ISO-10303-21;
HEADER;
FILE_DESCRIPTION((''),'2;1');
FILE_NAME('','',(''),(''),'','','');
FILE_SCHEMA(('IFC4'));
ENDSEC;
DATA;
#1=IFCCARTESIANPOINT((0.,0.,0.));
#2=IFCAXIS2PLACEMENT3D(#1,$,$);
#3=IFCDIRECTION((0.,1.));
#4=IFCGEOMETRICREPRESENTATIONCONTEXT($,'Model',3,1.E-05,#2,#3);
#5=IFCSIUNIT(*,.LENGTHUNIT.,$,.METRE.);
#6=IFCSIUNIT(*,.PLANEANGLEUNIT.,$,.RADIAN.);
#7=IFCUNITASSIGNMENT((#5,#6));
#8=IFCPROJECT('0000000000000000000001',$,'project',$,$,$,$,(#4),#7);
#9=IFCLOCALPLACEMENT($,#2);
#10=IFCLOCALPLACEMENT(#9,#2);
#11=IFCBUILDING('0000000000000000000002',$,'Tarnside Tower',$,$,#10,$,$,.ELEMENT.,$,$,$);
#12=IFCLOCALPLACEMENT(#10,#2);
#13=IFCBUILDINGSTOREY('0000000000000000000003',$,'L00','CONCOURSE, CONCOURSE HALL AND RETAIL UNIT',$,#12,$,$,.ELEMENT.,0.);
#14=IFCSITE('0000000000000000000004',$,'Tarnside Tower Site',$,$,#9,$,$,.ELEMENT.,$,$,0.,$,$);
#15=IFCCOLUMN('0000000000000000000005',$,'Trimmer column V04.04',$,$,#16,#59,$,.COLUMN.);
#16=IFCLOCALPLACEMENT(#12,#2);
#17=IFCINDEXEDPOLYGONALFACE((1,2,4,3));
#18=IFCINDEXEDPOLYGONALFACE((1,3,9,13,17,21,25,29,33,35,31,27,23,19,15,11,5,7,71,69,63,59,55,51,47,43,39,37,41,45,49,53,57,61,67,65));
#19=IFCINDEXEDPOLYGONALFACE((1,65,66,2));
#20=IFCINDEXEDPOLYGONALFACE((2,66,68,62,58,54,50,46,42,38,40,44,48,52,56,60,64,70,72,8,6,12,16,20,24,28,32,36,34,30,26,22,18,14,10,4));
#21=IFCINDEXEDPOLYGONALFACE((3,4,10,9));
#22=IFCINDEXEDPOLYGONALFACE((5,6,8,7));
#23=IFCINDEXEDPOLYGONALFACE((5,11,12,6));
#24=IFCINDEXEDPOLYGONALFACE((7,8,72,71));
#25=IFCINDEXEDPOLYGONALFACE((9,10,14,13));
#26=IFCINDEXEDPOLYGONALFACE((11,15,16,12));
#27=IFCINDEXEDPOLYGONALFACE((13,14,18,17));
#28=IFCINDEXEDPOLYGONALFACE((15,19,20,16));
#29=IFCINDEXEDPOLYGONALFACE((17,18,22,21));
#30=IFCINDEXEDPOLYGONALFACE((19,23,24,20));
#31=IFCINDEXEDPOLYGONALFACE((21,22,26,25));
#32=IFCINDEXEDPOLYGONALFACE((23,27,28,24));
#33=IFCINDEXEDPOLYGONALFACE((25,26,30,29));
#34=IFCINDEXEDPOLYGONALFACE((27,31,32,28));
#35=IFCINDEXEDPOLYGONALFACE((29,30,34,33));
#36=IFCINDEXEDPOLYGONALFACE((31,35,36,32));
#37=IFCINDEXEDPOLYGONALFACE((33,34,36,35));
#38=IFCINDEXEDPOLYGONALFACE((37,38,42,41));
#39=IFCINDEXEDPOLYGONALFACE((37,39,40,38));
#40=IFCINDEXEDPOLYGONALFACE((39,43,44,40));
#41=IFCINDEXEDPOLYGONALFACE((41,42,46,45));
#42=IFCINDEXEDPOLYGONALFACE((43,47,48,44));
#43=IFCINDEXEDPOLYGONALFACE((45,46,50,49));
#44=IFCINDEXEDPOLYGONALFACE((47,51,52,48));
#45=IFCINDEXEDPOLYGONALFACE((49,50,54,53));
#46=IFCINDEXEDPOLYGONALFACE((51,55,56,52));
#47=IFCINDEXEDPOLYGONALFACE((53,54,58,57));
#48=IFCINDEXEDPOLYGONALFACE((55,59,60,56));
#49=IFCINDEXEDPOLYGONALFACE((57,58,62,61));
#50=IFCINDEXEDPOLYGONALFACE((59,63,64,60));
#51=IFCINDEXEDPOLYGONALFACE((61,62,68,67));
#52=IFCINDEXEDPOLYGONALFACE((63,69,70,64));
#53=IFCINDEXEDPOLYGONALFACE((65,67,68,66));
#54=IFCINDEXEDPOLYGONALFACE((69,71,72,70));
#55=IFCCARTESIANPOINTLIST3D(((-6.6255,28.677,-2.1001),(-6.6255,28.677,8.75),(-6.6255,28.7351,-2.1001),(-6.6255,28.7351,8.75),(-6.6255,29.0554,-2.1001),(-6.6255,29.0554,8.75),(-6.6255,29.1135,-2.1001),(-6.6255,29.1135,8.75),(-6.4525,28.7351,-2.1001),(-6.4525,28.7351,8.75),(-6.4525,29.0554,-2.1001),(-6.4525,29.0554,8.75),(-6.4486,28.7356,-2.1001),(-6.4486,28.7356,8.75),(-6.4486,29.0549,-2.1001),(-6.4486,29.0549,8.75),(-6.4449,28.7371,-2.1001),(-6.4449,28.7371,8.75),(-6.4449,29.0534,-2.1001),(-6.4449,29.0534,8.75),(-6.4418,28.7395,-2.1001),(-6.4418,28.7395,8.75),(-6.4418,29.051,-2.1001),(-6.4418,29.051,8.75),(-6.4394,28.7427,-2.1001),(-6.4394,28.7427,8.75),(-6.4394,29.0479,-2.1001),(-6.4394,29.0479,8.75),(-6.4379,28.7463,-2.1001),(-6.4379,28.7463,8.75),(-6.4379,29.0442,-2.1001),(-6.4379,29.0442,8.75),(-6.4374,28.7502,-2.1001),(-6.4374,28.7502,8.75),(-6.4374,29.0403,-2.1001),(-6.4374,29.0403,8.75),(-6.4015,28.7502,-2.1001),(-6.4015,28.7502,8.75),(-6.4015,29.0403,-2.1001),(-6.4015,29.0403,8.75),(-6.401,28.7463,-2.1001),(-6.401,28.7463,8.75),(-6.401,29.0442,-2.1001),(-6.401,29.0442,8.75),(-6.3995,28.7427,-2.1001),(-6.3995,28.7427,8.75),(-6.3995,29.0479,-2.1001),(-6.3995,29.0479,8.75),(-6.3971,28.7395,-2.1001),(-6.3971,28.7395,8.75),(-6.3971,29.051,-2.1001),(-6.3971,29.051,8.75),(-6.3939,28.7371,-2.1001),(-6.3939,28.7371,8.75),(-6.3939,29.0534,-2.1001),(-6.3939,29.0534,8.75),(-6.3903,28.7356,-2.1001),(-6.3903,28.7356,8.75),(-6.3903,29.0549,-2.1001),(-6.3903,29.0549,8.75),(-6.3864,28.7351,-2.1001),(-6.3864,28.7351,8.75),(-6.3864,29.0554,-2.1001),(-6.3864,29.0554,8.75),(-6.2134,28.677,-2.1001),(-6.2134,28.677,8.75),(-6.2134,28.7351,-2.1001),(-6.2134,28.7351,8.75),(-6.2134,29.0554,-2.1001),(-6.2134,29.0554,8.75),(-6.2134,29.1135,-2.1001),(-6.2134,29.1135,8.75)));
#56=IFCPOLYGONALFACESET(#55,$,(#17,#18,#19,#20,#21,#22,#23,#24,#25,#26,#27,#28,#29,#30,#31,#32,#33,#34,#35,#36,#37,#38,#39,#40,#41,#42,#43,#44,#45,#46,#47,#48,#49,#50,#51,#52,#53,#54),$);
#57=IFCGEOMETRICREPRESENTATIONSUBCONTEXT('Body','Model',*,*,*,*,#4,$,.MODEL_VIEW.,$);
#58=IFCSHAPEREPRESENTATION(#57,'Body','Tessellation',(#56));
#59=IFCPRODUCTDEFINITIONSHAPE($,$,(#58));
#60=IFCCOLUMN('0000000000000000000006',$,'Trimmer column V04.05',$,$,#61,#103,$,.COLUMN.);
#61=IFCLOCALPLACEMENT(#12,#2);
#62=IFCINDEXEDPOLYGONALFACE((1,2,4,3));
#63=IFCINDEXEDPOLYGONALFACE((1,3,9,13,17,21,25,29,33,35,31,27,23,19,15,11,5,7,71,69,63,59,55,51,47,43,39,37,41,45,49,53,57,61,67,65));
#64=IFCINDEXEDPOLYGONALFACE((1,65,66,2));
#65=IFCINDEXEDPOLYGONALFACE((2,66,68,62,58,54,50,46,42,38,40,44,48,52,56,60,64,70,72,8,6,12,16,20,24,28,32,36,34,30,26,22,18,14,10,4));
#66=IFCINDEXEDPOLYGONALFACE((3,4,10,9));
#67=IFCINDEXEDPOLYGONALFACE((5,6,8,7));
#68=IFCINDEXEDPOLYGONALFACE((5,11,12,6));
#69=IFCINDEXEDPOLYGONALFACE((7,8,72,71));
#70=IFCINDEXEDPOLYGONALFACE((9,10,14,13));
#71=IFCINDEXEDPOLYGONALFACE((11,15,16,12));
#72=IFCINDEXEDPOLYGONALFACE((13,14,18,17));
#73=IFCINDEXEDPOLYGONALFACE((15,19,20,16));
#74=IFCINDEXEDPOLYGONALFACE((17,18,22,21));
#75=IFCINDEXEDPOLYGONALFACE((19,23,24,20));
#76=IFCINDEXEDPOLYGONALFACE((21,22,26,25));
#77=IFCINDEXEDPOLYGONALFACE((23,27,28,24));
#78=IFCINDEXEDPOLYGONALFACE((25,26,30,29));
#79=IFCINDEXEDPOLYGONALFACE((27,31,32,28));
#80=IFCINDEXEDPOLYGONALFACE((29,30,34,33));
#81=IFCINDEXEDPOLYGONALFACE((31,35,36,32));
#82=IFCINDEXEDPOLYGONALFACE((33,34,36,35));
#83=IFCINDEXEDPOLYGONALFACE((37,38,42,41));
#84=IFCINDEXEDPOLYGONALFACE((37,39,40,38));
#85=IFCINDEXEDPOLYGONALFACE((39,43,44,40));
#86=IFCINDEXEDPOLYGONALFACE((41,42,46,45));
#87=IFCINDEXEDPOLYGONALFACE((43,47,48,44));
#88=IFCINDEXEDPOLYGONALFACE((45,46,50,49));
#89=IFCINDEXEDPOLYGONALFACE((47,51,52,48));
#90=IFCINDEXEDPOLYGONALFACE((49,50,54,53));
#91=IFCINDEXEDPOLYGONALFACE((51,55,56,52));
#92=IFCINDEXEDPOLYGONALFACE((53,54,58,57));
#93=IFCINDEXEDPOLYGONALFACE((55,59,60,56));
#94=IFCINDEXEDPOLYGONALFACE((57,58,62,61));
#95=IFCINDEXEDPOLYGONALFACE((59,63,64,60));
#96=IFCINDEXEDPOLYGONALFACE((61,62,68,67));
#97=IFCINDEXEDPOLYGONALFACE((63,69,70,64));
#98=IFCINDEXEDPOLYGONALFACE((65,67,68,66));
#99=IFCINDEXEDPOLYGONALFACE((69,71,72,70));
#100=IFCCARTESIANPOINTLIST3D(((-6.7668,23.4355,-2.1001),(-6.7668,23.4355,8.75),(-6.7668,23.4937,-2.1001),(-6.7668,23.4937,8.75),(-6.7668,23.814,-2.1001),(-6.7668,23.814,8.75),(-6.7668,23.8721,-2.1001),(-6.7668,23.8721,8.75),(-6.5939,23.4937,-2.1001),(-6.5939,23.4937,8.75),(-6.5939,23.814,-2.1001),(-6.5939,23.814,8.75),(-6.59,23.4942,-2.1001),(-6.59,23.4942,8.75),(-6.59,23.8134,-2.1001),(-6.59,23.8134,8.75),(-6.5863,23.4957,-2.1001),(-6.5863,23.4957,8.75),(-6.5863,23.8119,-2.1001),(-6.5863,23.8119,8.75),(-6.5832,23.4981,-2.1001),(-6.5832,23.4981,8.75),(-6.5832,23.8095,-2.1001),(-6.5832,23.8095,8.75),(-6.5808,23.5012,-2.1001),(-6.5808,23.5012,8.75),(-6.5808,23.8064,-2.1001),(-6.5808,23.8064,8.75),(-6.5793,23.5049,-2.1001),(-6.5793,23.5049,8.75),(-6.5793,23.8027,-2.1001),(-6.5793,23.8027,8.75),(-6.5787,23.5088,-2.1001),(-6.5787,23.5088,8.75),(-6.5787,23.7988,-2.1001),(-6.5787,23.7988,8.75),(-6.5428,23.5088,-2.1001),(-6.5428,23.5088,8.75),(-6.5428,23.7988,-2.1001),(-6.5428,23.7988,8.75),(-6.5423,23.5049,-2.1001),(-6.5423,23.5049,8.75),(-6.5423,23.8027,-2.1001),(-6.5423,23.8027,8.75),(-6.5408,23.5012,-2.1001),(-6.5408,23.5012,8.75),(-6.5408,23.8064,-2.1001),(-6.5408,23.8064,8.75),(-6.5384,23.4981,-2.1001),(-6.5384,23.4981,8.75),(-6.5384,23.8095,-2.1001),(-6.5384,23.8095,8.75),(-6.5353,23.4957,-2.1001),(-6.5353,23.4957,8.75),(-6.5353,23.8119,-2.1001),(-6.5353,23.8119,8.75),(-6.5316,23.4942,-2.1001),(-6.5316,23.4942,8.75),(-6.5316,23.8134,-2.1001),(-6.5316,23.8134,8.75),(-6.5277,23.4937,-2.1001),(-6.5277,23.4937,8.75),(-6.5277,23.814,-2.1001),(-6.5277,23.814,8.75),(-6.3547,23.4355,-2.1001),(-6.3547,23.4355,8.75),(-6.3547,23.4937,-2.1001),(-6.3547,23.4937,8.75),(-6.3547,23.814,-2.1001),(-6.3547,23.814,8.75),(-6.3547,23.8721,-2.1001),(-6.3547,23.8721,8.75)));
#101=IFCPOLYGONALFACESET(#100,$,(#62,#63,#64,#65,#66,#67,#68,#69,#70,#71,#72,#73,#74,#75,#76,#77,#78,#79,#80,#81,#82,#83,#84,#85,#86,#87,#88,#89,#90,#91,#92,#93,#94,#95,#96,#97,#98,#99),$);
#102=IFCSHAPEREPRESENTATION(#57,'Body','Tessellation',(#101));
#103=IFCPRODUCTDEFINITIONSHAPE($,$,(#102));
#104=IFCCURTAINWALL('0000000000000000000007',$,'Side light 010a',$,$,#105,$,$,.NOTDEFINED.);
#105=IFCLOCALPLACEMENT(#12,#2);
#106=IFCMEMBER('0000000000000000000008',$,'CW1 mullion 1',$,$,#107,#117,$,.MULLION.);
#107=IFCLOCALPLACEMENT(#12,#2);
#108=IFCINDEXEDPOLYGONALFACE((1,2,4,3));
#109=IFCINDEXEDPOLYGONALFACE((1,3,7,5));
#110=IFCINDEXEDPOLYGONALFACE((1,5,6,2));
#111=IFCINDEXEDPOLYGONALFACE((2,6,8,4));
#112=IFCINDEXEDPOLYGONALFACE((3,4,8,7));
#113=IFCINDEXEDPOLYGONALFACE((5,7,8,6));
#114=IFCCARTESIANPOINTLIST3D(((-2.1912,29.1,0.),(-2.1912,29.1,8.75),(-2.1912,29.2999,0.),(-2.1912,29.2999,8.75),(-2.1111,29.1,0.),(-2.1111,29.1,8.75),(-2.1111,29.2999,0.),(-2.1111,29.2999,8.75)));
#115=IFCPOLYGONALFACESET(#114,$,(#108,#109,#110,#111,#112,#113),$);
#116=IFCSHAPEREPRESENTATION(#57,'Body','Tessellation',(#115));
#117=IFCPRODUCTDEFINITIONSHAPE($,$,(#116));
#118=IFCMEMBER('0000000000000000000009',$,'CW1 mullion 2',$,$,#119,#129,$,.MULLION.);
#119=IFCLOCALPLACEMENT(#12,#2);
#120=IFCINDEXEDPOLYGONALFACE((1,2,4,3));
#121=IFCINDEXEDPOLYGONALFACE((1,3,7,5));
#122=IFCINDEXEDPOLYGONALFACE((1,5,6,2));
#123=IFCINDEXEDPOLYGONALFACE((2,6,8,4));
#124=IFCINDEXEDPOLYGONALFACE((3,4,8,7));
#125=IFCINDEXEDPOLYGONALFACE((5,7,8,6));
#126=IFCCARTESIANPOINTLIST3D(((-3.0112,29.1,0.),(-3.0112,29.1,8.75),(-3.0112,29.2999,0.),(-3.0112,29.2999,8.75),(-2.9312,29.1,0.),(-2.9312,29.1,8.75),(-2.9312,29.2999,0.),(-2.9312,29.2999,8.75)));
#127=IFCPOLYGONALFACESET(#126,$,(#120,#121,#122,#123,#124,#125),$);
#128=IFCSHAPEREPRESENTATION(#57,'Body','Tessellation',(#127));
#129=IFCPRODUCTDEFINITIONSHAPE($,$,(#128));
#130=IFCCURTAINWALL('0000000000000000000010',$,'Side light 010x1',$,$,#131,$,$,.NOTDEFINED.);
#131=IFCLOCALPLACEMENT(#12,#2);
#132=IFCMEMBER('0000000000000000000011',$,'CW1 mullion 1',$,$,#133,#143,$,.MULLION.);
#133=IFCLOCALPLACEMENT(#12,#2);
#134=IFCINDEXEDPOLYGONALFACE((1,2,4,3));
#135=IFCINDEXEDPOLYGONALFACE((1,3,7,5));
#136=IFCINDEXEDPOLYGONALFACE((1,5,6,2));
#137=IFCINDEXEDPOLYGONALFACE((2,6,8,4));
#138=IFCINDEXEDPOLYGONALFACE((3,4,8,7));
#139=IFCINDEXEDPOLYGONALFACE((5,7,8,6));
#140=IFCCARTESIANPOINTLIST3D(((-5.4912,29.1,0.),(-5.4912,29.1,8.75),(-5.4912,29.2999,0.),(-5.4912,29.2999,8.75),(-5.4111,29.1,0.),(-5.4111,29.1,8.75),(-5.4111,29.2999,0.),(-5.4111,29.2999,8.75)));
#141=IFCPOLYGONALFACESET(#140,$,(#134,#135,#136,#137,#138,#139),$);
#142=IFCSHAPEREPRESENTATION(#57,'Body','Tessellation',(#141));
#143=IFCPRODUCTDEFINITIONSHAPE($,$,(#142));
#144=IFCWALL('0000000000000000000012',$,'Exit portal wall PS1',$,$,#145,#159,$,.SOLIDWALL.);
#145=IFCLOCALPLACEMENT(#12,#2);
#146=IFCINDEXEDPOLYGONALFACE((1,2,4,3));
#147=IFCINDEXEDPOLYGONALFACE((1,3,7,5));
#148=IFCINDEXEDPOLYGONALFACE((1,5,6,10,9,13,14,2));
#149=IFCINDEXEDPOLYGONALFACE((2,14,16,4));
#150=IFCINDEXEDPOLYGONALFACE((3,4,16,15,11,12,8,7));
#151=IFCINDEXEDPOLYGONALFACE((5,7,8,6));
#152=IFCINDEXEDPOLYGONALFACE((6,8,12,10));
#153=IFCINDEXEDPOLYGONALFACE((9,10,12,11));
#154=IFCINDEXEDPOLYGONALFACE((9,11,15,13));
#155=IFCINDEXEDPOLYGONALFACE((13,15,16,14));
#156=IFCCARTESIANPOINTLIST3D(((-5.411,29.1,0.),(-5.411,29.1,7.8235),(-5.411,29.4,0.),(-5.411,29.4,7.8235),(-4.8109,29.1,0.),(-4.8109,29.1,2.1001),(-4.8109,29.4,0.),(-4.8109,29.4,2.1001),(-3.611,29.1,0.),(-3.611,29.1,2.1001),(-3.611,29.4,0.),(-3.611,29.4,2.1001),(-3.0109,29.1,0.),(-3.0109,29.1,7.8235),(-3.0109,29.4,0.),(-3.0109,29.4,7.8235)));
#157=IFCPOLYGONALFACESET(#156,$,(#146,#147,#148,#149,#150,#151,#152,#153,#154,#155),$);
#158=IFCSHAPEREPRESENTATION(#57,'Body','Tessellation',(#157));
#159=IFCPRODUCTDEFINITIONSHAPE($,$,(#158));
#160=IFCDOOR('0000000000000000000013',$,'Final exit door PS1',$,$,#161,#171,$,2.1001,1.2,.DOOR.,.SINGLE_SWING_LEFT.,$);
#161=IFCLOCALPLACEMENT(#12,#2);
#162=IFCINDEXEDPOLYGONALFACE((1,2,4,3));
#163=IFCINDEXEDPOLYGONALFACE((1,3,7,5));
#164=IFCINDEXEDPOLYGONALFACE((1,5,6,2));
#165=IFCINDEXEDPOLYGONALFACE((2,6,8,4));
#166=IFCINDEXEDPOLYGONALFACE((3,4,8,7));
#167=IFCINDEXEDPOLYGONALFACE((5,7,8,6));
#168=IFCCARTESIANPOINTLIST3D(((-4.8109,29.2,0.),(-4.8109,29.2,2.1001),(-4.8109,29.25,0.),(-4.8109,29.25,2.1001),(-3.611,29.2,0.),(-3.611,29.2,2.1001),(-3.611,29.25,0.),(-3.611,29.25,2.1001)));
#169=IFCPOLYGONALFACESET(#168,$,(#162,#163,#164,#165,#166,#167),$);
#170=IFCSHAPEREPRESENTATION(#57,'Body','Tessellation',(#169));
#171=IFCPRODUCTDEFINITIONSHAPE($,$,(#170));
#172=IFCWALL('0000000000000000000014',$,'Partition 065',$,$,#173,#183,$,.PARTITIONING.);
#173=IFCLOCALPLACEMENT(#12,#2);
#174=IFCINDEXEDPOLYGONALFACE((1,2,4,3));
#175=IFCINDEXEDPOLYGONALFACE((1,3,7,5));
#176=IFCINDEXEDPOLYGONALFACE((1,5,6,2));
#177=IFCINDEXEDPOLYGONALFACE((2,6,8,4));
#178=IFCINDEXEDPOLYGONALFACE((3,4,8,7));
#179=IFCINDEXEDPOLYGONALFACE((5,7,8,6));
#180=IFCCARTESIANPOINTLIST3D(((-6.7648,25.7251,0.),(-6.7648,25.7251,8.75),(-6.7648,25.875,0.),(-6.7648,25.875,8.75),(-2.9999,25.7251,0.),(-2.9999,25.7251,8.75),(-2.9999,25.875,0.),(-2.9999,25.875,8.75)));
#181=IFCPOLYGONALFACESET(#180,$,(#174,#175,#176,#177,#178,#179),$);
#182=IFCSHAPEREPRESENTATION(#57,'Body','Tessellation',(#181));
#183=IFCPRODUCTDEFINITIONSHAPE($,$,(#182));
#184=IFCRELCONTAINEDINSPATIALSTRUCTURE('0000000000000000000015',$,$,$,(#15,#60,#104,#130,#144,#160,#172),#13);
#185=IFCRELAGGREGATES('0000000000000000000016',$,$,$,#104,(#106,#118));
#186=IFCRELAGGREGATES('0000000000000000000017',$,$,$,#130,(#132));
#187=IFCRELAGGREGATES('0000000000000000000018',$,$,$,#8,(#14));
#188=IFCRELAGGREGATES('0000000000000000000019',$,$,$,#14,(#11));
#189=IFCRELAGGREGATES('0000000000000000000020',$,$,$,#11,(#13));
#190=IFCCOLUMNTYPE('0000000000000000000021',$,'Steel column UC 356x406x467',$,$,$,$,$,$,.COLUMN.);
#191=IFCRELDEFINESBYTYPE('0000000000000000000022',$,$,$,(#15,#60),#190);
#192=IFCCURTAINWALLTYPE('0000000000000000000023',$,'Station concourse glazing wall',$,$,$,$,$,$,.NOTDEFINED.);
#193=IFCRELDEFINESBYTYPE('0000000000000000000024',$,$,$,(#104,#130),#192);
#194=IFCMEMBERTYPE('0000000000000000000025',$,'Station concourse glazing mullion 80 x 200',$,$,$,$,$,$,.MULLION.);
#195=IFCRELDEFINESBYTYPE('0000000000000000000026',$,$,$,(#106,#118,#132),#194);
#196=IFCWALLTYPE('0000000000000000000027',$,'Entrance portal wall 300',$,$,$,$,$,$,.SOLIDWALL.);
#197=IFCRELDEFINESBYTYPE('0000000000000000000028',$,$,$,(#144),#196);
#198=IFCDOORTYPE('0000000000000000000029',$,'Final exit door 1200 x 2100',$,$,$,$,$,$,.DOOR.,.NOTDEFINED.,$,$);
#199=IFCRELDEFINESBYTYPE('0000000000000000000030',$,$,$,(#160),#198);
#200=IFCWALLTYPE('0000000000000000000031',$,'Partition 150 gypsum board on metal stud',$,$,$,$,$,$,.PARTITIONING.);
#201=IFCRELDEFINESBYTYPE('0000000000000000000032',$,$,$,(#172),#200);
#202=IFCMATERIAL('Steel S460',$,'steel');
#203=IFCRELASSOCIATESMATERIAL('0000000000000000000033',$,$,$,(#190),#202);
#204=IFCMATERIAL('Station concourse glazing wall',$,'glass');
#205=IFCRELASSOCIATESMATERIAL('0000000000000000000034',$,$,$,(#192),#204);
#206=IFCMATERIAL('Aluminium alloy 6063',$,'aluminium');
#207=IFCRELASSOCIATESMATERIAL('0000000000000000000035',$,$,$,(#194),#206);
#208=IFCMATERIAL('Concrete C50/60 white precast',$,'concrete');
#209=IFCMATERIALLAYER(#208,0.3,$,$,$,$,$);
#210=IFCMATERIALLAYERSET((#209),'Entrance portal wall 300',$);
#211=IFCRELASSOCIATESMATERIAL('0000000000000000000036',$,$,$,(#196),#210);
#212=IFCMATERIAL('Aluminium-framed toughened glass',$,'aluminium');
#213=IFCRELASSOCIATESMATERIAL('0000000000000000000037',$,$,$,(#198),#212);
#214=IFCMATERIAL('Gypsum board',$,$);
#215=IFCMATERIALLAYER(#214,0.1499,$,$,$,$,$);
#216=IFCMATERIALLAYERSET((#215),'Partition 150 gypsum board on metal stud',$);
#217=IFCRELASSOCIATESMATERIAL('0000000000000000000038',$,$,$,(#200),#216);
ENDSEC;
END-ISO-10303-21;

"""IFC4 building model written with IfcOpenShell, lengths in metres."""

from ifc_helpers import new_model, si_unit, direction, frame, frame_2d, origin, origin_2d, place, context, subcontext, project, spatial, rectangle, i_section, extrude, material, layer, layer_set, material_profile, profile_set, type_object, element, fill, aggregate, save


model = new_model("IFC4")

# Units and contexts
model_context = context("Model", 3, precision=1e-05, world=origin(), true_north=direction((0.0, 1.0)))
body_context = subcontext(model_context, "Body", "Model", "MODEL_VIEW")
ifc_project = project(units=[si_unit("LENGTHUNIT", "METRE"), si_unit("PLANEANGLEUNIT", "RADIAN")], contexts=[model_context])

# Site, building, storey
site_placement = place(None, origin())
site = spatial("IfcSite", under=ifc_project, at=site_placement, Name="Tarnside Tower Site", CompositionType="ELEMENT", RefElevation=0.0)
building_placement = place(site_placement, origin())
building = spatial("IfcBuilding", under=site, at=building_placement, Name="Tarnside Tower", CompositionType="ELEMENT")
storey_placement = place(building_placement, origin())
storey = spatial("IfcBuildingStorey", under=building, at=storey_placement, Name="L00", Description="CONCOURSE, CONCOURSE HALL AND RETAIL UNIT", CompositionType="ELEMENT", Elevation=0.0)

# Columns
ifc_material_1 = material(Name="Steel S460", Category="steel")
ifc_material_profile_1 = material_profile(ifc_material_1, i_section(OverallWidth=0.4121, OverallDepth=0.4365, WebThickness=0.0359, FlangeThickness=0.0581, FilletRadius=0.0151, at=origin_2d()), Name="UC 356x406x467")
ifc_profile_set_1 = profile_set([ifc_material_profile_1], Name="Steel S460")
column_type_1 = type_object("IfcColumnType", Name="Steel column UC 356x406x467", PredefinedType="COLUMN", material=ifc_profile_set_1)
for number, where, z_axis, x_axis, name in (
    (1, (-6.4194, 28.8953, -2.1001), (0.0, 0.0, 1.0), (1.0, 0.0, 0.0), "Trimmer column V04.04"),
    (2, (-6.5608, 23.6538, -2.1001), (0.0, 0.0, 1.0), (1.0, 0.0, 0.0), "Trimmer column V04.05"),
):
    element("IfcColumn", number, at=place(storey_placement, frame(where, z_axis=z_axis, x_axis=x_axis)), inside=storey, type_object=column_type_1, Name=name, PredefinedType="COLUMN", context=body_context, shape_type="SweptSolid", body=[
        extrude(i_section(OverallWidth=0.4121, OverallDepth=0.4365, WebThickness=0.0359, FlangeThickness=0.0581, FilletRadius=0.0151, at=origin_2d()), origin(), (0.0, 0.0, 1.0), 10.8501),
    ])

# Curtain wall, members
ifc_material_2 = material(Name="Station concourse glazing wall", Category="glass")
curtain_wall_type = type_object("IfcCurtainWallType", Name="Station concourse glazing wall", PredefinedType="NOTDEFINED", material=ifc_material_2)
curtain_wall_1_placement = place(storey_placement, origin())
curtain_wall_1 = element("IfcCurtainWall", 3, at=curtain_wall_1_placement, inside=storey, type_object=curtain_wall_type, Name="Side light 010a", PredefinedType="NOTDEFINED")
ifc_material_3 = material(Name="Aluminium alloy 6063", Category="aluminium")
ifc_material_profile_2 = material_profile(ifc_material_3, rectangle(XDim=0.2, YDim=0.0801, at=origin_2d()), Name="Station concourse glazing mullion 80 x 200")
ifc_profile_set_2 = profile_set([ifc_material_profile_2], Name="Aluminium alloy 6063")
member_type = type_object("IfcMemberType", Name="Station concourse glazing mullion 80 x 200", PredefinedType="MULLION", material=ifc_profile_set_2)
member_1_placement = place(storey_placement, frame((-2.1511, 29.2, 0.0), z_axis=(0.0, 0.0, 1.0), x_axis=(0.0, -1.0, 0.0)))
member_1 = element("IfcMember", 4, at=member_1_placement, type_object=member_type, Name="CW1 mullion 1", PredefinedType="MULLION", context=body_context, shape_type="SweptSolid", body=[
    extrude(rectangle(XDim=0.2, YDim=0.0801, at=origin_2d()), origin(), (0.0, 0.0, 1.0), 8.75),
])
member_2_placement = place(storey_placement, frame((-2.9712, 29.2, 0.0), z_axis=(0.0, 0.0, 1.0), x_axis=(0.0, -1.0, 0.0)))
member_2 = element("IfcMember", 5, at=member_2_placement, type_object=member_type, Name="CW1 mullion 2", PredefinedType="MULLION", context=body_context, shape_type="SweptSolid", body=[
    extrude(rectangle(XDim=0.2, YDim=0.0801, at=origin_2d()), origin(), (0.0, 0.0, 1.0), 8.75),
])
aggregate(curtain_wall_1, [member_1, member_2])

# Curtain wall, member
curtain_wall_2_placement = place(storey_placement, origin())
curtain_wall_2 = element("IfcCurtainWall", 6, at=curtain_wall_2_placement, inside=storey, type_object=curtain_wall_type, Name="Side light 010x1", PredefinedType="NOTDEFINED")
member_3_placement = place(storey_placement, frame((-5.4512, 29.2, 0.0), z_axis=(0.0, 0.0, 1.0), x_axis=(0.0, -1.0, 0.0)))
member_3 = element("IfcMember", 7, at=member_3_placement, type_object=member_type, Name="CW1 mullion 1", PredefinedType="MULLION", context=body_context, shape_type="SweptSolid", body=[
    extrude(rectangle(XDim=0.2, YDim=0.0801, at=origin_2d()), origin(), (0.0, 0.0, 1.0), 8.75),
])
aggregate(curtain_wall_2, [member_3])

# Wall, opening, door
ifc_material_4 = material(Name="Concrete C50/60 white precast", Category="concrete")
ifc_layer_1 = layer(ifc_material_4, 0.3)
ifc_layer_set_1 = layer_set([ifc_layer_1], Name="Entrance portal wall 300")
wall_type_1 = type_object("IfcWallType", Name="Entrance portal wall 300", PredefinedType="SOLIDWALL", material=ifc_layer_set_1)
wall_1_placement = place(storey_placement, frame((-5.4111, 29.25, 0.0), z_axis=(0.0, 0.0, 1.0), x_axis=(1.0, 0.0, 0.0)))
wall_1 = element("IfcWall", 8, at=wall_1_placement, inside=storey, type_object=wall_type_1, Name="Exit portal wall PS1", PredefinedType="SOLIDWALL", context=body_context, shape_type="SweptSolid", body=[
    extrude(rectangle(XDim=2.4001, YDim=0.3, at=frame_2d((1.2002, 0.0))), origin(), (0.0, 0.0, 1.0), 7.8235),
])
opening_1_placement = place(wall_1_placement, frame((0.6001, 0.0, 0.0)))
opening_1 = element("IfcOpeningElement", 9, at=opening_1_placement, cuts=wall_1, PredefinedType="OPENING", context=body_context, shape_type="SweptSolid", body=[
    extrude(rectangle(XDim=1.2, YDim=2.1001, at=frame_2d((0.6001, 1.05))), frame((0.0, 0.1602, 0.0), z_axis=(0.0, -1.0, 0.0), x_axis=(1.0, 0.0, 0.0)), (0.0, 0.0, 1.0), 0.3201),
])
ifc_material_5 = material(Name="Aluminium-framed toughened glass", Category="aluminium")
door_type_1 = type_object("IfcDoorType", Name="Final exit door 1200 x 2100", OperationType="NOTDEFINED", PredefinedType="DOOR", material=ifc_material_5)
door_1_placement = place(opening_1_placement, frame((0.0, -0.0249, 0.0)))
door_1 = element("IfcDoor", 10, at=door_1_placement, inside=storey, type_object=door_type_1, Name="Final exit door PS1", OperationType="SINGLE_SWING_LEFT", OverallHeight=2.1001, OverallWidth=1.2, PredefinedType="DOOR", context=body_context, shape_type="SweptSolid", body=[
    extrude(rectangle(XDim=1.2, YDim=2.1001, at=frame_2d((0.6001, 1.05))), frame((0.0, 0.0249, 0.0), z_axis=(0.0, -1.0, 0.0), x_axis=(1.0, 0.0, 0.0)), (0.0, 0.0, 1.0), 0.05),
])
fill(opening_1, door_1)

# Wall
ifc_material_6 = material(Name="Gypsum board")
ifc_layer_2 = layer(ifc_material_6, 0.1499)
ifc_layer_set_2 = layer_set([ifc_layer_2], Name="Partition 150 gypsum board on metal stud")
wall_type_2 = type_object("IfcWallType", Name="Partition 150 gypsum board on metal stud", PredefinedType="PARTITIONING", material=ifc_layer_set_2)
wall_2_placement = place(storey_placement, frame((-3.0, 25.8, 0.0), z_axis=(0.0, 0.0, 1.0), x_axis=(-1.0, 0.0, 0.0)))
element("IfcWall", 11, at=wall_2_placement, inside=storey, type_object=wall_type_2, Name="Partition 065", PredefinedType="PARTITIONING", context=body_context, shape_type="SweptSolid", body=[
    extrude(rectangle(XDim=3.7649, YDim=0.1499, at=frame_2d((1.8823, 0.0))), origin(), (0.0, 0.0, 1.0), 8.75),
])

save(model, "model.ifc")
